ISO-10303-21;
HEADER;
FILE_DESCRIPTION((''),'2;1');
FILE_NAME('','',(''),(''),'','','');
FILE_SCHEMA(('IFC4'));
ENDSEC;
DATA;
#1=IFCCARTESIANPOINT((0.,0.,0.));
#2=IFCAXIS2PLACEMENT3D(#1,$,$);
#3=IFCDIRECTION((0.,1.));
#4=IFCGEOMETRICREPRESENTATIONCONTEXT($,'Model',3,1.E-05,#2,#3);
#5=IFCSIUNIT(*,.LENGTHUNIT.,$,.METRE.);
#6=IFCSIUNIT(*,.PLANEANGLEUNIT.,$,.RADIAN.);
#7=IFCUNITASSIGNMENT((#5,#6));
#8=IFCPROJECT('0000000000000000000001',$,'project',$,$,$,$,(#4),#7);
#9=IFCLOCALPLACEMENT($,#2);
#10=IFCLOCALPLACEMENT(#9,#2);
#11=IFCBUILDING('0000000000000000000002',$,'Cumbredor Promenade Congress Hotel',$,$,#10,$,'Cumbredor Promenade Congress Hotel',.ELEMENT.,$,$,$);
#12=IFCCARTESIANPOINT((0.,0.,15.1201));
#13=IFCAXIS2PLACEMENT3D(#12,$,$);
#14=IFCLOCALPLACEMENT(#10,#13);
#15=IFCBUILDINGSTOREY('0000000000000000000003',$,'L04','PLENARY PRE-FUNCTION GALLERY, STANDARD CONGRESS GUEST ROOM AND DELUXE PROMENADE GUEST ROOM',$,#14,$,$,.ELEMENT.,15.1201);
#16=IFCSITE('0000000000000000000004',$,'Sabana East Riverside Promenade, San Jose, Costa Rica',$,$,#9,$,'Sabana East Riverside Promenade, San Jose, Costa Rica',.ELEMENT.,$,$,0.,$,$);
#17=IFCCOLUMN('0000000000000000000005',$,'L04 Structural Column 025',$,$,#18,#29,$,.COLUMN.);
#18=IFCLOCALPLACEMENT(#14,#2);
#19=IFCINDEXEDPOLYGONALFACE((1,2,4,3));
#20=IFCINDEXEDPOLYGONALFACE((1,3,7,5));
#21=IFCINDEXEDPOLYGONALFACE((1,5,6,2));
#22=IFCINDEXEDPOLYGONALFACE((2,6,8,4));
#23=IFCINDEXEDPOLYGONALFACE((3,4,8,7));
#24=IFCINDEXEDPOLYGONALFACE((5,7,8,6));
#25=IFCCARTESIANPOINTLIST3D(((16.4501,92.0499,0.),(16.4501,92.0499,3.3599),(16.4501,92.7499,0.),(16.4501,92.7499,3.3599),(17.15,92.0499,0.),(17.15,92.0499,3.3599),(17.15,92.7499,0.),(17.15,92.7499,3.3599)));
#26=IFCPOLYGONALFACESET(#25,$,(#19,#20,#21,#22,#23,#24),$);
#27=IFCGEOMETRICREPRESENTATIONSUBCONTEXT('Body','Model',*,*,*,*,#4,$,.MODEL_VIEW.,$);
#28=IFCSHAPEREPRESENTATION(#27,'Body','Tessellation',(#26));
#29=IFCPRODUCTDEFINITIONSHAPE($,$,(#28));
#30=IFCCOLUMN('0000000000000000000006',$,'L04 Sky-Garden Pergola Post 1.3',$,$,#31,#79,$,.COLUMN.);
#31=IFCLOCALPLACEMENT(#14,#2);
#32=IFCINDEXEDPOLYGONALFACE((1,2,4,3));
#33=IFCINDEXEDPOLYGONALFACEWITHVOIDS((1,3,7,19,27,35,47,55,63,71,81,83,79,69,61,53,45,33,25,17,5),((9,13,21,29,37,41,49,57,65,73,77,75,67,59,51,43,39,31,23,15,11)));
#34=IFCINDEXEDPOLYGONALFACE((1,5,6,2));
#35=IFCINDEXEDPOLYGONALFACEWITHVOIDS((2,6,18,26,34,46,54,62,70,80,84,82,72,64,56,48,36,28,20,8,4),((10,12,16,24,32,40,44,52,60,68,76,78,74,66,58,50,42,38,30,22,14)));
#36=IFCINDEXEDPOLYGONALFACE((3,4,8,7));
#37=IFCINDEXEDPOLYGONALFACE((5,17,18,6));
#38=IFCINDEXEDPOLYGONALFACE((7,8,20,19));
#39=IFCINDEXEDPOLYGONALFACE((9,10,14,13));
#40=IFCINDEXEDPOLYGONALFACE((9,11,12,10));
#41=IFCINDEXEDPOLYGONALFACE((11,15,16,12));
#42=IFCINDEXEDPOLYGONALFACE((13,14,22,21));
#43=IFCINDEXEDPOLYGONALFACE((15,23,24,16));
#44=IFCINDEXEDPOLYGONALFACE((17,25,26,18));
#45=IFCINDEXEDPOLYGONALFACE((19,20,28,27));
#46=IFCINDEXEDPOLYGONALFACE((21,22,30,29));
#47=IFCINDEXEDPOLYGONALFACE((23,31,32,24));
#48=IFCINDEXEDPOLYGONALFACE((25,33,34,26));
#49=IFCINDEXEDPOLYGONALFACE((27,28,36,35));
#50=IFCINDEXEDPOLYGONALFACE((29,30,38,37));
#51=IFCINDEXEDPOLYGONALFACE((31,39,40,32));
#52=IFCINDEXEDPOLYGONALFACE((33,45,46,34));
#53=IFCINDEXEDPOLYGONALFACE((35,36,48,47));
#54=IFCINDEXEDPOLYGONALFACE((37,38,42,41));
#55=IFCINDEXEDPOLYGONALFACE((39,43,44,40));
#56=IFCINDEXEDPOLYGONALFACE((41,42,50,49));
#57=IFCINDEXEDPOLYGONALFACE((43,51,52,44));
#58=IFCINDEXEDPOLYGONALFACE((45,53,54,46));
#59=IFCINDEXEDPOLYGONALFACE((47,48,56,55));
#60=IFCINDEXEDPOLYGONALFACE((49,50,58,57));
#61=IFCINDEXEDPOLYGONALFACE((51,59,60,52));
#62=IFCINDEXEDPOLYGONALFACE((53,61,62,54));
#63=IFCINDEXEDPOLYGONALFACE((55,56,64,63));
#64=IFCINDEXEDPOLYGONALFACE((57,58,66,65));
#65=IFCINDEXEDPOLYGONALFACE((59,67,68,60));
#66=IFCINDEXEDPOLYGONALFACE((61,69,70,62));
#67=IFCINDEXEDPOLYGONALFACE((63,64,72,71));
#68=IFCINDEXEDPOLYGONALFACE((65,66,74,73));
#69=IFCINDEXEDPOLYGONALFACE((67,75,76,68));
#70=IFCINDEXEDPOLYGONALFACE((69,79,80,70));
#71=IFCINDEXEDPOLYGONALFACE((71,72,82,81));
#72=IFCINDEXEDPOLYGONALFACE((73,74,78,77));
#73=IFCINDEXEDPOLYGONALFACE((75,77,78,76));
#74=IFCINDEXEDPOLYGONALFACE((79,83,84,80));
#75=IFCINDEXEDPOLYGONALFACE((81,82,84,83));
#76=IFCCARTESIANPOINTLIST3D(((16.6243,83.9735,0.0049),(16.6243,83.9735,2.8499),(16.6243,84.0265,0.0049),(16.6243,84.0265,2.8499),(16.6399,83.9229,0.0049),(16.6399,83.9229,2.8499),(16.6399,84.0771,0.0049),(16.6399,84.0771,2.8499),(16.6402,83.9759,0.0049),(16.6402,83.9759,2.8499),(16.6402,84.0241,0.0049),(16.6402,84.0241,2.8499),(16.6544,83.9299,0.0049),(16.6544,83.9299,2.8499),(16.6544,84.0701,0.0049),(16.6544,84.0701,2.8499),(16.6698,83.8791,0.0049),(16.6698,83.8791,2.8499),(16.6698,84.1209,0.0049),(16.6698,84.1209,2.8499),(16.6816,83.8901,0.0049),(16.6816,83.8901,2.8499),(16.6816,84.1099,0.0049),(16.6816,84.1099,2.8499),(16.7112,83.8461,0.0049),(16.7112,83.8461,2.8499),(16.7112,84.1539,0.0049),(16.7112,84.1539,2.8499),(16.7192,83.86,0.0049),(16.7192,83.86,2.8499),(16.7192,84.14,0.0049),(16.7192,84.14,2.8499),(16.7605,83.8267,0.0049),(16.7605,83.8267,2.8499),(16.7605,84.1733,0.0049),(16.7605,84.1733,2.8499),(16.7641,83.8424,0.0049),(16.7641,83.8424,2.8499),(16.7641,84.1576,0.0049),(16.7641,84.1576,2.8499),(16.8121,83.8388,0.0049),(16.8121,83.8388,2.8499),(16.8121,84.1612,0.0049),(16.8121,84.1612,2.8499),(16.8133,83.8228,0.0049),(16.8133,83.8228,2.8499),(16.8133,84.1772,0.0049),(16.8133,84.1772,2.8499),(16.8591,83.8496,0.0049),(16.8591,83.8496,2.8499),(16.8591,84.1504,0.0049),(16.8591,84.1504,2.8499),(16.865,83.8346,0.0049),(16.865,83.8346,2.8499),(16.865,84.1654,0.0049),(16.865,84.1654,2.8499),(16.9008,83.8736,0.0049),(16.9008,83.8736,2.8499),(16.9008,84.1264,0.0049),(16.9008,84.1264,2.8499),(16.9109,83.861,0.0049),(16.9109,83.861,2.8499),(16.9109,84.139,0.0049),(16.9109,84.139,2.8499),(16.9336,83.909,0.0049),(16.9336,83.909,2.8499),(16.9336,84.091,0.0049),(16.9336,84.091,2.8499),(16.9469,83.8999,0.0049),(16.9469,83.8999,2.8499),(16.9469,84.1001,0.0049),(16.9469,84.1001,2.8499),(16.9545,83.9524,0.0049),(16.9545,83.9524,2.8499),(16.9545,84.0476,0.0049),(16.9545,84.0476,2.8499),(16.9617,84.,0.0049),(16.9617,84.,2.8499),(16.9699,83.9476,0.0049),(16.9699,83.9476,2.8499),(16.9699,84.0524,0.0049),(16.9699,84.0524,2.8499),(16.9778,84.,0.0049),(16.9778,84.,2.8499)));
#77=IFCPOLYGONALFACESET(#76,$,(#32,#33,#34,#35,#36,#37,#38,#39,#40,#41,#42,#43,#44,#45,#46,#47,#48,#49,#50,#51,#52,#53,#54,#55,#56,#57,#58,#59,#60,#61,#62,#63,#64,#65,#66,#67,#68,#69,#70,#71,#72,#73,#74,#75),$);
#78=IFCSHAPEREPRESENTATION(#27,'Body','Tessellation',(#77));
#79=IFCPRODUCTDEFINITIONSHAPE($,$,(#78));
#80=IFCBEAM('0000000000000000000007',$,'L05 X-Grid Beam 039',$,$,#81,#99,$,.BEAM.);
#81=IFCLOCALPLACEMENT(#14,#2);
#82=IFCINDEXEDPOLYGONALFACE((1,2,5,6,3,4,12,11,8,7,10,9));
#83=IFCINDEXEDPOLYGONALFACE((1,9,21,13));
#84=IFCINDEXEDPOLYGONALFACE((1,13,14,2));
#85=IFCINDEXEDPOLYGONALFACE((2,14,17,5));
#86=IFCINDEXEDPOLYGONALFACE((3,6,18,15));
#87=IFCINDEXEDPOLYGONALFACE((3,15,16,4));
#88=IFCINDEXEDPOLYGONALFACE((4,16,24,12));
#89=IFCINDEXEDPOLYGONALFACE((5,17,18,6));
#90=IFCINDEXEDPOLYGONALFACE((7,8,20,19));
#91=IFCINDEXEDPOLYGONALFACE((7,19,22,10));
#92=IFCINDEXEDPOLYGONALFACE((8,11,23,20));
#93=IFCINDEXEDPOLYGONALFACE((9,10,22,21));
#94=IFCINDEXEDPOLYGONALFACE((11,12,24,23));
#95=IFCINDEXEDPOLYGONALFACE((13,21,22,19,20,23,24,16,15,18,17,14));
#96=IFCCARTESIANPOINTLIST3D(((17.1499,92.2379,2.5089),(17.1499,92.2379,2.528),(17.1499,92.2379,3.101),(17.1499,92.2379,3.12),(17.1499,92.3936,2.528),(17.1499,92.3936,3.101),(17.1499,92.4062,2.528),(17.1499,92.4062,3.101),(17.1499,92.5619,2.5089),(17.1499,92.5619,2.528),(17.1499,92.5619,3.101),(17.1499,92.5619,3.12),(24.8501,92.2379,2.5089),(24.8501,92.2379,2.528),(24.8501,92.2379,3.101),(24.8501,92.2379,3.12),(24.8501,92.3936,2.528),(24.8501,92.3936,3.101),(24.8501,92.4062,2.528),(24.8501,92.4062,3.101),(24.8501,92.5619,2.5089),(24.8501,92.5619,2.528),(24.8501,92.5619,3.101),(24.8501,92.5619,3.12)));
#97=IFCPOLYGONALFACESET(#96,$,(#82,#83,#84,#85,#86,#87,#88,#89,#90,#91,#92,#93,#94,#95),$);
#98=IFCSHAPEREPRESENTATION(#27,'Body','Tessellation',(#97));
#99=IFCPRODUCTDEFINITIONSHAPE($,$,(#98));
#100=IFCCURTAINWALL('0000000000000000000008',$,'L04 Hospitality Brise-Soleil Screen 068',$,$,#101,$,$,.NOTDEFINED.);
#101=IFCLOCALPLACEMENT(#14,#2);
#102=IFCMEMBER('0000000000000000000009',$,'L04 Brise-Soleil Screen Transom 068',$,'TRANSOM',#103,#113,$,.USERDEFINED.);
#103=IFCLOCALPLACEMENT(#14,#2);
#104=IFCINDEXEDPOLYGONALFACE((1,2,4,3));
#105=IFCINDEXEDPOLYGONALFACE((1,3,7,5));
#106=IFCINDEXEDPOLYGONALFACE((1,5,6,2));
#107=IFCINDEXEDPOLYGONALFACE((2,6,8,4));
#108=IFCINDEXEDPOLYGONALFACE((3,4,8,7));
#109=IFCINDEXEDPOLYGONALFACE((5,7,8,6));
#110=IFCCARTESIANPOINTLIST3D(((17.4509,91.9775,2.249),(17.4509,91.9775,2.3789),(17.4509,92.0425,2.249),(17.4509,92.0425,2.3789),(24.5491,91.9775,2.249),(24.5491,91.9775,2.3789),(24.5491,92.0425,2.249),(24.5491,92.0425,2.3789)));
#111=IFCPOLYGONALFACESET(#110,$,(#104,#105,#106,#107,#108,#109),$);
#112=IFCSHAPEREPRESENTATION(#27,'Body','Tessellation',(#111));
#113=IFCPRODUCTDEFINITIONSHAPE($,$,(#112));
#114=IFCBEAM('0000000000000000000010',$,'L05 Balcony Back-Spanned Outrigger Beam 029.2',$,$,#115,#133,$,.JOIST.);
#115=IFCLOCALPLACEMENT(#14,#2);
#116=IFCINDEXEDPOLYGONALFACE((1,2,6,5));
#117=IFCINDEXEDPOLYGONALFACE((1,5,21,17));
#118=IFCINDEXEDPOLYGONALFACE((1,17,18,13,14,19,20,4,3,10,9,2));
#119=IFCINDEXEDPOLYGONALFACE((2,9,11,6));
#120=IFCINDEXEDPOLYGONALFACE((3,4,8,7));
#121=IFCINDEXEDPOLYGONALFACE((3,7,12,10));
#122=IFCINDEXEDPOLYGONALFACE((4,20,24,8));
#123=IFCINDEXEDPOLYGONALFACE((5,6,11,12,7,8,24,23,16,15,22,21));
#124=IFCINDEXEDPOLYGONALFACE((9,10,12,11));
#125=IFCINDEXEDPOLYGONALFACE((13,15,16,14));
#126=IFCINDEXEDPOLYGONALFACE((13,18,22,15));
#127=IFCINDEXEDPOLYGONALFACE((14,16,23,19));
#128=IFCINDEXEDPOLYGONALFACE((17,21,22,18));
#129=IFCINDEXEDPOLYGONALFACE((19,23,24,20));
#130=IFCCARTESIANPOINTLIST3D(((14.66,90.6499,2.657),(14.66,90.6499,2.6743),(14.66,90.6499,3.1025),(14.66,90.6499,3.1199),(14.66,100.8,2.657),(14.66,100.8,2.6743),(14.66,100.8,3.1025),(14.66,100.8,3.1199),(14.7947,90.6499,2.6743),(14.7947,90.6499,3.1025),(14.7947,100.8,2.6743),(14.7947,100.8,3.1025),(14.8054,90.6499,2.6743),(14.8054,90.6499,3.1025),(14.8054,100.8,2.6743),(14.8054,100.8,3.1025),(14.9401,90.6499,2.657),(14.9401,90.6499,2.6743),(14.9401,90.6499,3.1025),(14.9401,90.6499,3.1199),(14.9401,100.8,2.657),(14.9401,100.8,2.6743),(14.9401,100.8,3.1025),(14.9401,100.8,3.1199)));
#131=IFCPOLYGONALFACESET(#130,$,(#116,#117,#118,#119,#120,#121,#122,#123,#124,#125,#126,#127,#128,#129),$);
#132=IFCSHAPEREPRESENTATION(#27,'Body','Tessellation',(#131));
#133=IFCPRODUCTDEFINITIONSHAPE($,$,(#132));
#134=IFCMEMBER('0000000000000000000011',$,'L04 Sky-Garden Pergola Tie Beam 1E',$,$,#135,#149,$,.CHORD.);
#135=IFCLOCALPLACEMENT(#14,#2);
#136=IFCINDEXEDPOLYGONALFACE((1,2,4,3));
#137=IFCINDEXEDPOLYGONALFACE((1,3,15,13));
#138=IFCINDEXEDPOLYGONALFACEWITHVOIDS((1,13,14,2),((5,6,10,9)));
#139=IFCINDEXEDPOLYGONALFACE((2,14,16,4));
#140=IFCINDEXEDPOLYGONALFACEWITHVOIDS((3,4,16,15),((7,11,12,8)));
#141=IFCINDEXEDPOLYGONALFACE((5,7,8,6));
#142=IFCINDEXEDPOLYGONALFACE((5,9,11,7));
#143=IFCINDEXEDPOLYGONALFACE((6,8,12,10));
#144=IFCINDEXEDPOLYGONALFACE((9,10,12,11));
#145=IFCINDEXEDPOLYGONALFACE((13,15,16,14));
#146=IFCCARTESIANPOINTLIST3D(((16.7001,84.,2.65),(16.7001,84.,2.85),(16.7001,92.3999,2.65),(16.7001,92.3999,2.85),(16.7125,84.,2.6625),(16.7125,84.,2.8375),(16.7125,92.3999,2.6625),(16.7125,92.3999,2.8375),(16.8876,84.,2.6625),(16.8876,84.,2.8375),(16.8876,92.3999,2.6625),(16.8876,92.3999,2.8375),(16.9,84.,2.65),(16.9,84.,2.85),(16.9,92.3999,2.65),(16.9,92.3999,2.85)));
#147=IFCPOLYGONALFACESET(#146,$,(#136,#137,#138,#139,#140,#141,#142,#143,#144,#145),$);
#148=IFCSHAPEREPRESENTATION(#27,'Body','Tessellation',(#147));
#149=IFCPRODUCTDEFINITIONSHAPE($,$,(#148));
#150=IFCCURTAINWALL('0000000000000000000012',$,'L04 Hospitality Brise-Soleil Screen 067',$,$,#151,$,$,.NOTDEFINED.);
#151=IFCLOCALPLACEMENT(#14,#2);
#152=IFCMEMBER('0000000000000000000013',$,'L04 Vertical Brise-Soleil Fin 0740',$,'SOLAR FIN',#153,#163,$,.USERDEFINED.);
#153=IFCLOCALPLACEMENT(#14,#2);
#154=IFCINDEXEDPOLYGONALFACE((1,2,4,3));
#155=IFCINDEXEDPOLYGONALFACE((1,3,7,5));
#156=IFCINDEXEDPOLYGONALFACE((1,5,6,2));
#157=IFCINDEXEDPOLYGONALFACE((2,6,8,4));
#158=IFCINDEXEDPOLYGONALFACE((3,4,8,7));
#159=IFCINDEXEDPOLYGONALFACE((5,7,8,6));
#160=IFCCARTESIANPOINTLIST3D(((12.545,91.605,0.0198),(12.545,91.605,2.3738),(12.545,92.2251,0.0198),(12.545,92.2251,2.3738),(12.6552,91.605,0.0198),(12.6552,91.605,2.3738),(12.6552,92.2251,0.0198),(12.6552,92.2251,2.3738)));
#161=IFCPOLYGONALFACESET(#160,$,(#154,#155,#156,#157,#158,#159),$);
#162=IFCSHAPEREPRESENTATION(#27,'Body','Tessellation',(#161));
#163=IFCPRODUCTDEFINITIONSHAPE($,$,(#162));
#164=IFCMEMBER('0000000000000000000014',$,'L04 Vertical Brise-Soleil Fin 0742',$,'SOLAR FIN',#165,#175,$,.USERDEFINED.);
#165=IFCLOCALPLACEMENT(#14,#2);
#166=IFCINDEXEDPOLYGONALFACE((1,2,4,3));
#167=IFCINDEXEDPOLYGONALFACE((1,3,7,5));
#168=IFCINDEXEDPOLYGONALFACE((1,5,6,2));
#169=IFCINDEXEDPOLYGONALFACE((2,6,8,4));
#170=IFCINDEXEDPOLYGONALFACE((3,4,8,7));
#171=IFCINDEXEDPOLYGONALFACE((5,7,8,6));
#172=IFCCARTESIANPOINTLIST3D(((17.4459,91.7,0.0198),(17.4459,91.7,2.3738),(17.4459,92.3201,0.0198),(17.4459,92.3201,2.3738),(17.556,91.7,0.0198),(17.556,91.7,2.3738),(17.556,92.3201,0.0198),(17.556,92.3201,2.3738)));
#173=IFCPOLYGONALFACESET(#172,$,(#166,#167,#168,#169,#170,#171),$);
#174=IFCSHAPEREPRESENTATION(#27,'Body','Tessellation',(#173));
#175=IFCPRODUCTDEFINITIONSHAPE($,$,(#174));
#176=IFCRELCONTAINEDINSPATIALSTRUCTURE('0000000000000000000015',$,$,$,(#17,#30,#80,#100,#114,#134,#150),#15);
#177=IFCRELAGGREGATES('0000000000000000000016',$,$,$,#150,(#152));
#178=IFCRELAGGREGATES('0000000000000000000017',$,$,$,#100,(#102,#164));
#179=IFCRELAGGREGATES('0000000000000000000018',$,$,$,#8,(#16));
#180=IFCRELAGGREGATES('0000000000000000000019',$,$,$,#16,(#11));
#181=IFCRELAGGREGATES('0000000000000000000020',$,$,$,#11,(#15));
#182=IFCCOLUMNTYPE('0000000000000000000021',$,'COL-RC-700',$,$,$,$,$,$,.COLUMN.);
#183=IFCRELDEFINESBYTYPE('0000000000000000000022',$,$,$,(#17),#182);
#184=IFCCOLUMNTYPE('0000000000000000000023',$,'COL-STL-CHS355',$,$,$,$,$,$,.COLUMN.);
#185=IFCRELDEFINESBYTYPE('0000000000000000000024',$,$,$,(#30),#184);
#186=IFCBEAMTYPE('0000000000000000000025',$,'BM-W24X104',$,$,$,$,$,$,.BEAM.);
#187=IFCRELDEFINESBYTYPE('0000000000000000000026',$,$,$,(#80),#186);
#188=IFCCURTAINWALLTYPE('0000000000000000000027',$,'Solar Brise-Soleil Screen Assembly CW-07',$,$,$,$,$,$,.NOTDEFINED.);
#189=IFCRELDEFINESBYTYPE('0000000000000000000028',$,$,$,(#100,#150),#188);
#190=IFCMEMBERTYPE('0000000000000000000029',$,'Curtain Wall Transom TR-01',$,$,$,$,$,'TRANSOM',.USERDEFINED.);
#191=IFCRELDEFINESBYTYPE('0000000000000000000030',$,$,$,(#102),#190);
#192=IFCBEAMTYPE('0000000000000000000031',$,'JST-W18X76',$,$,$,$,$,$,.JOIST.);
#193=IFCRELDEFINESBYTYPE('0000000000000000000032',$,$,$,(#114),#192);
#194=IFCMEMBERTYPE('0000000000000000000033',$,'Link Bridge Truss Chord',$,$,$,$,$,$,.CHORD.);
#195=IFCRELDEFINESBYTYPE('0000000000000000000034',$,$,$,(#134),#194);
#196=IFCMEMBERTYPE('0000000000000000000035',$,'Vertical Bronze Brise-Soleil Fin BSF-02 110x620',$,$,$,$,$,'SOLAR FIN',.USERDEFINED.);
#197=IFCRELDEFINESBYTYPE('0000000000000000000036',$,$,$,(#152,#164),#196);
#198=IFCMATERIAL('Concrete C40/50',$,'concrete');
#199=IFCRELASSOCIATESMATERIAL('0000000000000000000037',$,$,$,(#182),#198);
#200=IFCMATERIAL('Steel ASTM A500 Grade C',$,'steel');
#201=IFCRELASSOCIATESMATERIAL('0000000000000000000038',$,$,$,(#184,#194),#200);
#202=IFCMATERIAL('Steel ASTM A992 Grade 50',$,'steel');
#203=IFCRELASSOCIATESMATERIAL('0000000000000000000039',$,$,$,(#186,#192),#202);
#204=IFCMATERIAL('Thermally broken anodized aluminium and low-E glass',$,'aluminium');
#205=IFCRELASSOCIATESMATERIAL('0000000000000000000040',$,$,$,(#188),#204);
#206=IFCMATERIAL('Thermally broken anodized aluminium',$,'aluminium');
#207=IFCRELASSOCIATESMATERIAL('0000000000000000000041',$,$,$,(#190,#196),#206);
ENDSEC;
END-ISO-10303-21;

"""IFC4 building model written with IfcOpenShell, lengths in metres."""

from ifc_helpers import new_model, si_unit, direction, frame, origin, origin_2d, place, context, subcontext, project, spatial, rectangle, hollow_rectangle, hollow_circle, i_section, extrude, material, material_profile, profile_set, type_object, element, aggregate, save


model = new_model("IFC4")

# Units and contexts
model_context = context("Model", 3, precision=1e-05, world=origin(), true_north=direction((0.0, 1.0)))
body_context = subcontext(model_context, "Body", "Model", "MODEL_VIEW")
ifc_project = project(units=[si_unit("LENGTHUNIT", "METRE"), si_unit("PLANEANGLEUNIT", "RADIAN")], contexts=[model_context])

# Site, building, storey
site_placement = place(None, origin())
site = spatial("IfcSite", under=ifc_project, at=site_placement, Name="Sabana East Riverside Promenade, San Jose, Costa Rica", LongName="Sabana East Riverside Promenade, San Jose, Costa Rica", CompositionType="ELEMENT", RefElevation=0.0)
building_placement = place(site_placement, origin())
building = spatial("IfcBuilding", under=site, at=building_placement, Name="Cumbredor Promenade Congress Hotel", LongName="Cumbredor Promenade Congress Hotel", CompositionType="ELEMENT")
storey_placement = place(building_placement, frame((0.0, 0.0, 15.1201)))
storey = spatial("IfcBuildingStorey", under=building, at=storey_placement, Name="L04", Description="PLENARY PRE-FUNCTION GALLERY, STANDARD CONGRESS GUEST ROOM AND DELUXE PROMENADE GUEST ROOM", CompositionType="ELEMENT", Elevation=15.1201)

# Columns
ifc_material_1 = material(Name="Concrete C40/50", Category="concrete")
ifc_material_profile_1 = material_profile(ifc_material_1, rectangle(XDim=0.7, YDim=0.7, at=origin_2d()), Name="RC 700x700")
ifc_profile_set_1 = profile_set([ifc_material_profile_1], Name="Concrete C40/50")
column_type_1 = type_object("IfcColumnType", Name="COL-RC-700", PredefinedType="COLUMN", material=ifc_profile_set_1)
column_1_placement = place(storey_placement, frame((16.8, 92.3999, 0.0), z_axis=(0.0, 0.0, 1.0), x_axis=(1.0, 0.0, 0.0)))
element("IfcColumn", 1, at=column_1_placement, inside=storey, type_object=column_type_1, Name="L04 Structural Column 025", PredefinedType="COLUMN", context=body_context, shape_type="SweptSolid", body=[
    extrude(rectangle(XDim=0.7, YDim=0.7, at=origin_2d()), origin(), (0.0, 0.0, 1.0), 3.3599),
])
ifc_material_2 = material(Name="Steel ASTM A500 Grade C", Category="steel")
ifc_material_profile_2 = material_profile(ifc_material_2, hollow_circle(Radius=0.1777, WallThickness=0.0161, at=origin_2d()), Name="CHS 355.6x16")
ifc_profile_set_2 = profile_set([ifc_material_profile_2], Name="Steel ASTM A500 Grade C")
column_type_2 = type_object("IfcColumnType", Name="COL-STL-CHS355", PredefinedType="COLUMN", material=ifc_profile_set_2)
column_2_placement = place(storey_placement, frame((16.8, 84.0, 0.0049), z_axis=(0.0, 0.0, 1.0), x_axis=(1.0, 0.0, 0.0)))
element("IfcColumn", 2, at=column_2_placement, inside=storey, type_object=column_type_2, Name="L04 Sky-Garden Pergola Post 1.3", PredefinedType="COLUMN", context=body_context, shape_type="SweptSolid", body=[
    extrude(hollow_circle(Radius=0.1777, WallThickness=0.0161, at=origin_2d()), origin(), (0.0, 0.0, 1.0), 2.845),
])

# Beam
ifc_material_3 = material(Name="Steel ASTM A992 Grade 50", Category="steel")
ifc_material_profile_3 = material_profile(ifc_material_3, i_section(OverallWidth=0.324, OverallDepth=0.6111, WebThickness=0.0127, FlangeThickness=0.019, at=origin_2d()), Name="W24X104")
ifc_profile_set_3 = profile_set([ifc_material_profile_3], Name="Steel ASTM A992 Grade 50")
beam_type_1 = type_object("IfcBeamType", Name="BM-W24X104", PredefinedType="BEAM", material=ifc_profile_set_3)
beam_1_placement = place(storey_placement, frame((17.1499, 92.3999, 2.8145), z_axis=(1.0, 0.0, 0.0), x_axis=(0.0, 1.0, 0.0)))
element("IfcBeam", 3, at=beam_1_placement, inside=storey, type_object=beam_type_1, Name="L05 X-Grid Beam 039", PredefinedType="BEAM", context=body_context, shape_type="SweptSolid", body=[
    extrude(i_section(OverallWidth=0.324, OverallDepth=0.6111, WebThickness=0.0127, FlangeThickness=0.019, at=origin_2d()), origin(), (0.0, 0.0, 1.0), 7.7002),
])

# Curtain wall, member
ifc_material_4 = material(Name="Thermally broken anodized aluminium and low-E glass", Category="aluminium")
curtain_wall_type = type_object("IfcCurtainWallType", Name="Solar Brise-Soleil Screen Assembly CW-07", PredefinedType="NOTDEFINED", material=ifc_material_4)
curtain_wall_1_placement = place(storey_placement, origin())
curtain_wall_1 = element("IfcCurtainWall", 4, at=curtain_wall_1_placement, inside=storey, type_object=curtain_wall_type, Name="L04 Hospitality Brise-Soleil Screen 068", PredefinedType="NOTDEFINED")
ifc_material_5 = material(Name="Thermally broken anodized aluminium", Category="aluminium")
ifc_material_profile_4 = material_profile(ifc_material_5, rectangle(XDim=0.0649, YDim=0.1299, at=origin_2d()), Name="ALU TRANSOM 65x130")
ifc_profile_set_4 = profile_set([ifc_material_profile_4], Name="Thermally broken anodized aluminium")
member_type_1 = type_object("IfcMemberType", Name="Curtain Wall Transom TR-01", ElementType="TRANSOM", PredefinedType="USERDEFINED", material=ifc_profile_set_4)
member_1_placement = place(storey_placement, frame((17.4509, 92.01, 2.314), z_axis=(1.0, 0.0, 0.0), x_axis=(0.0, 1.0, 0.0)))
member_1 = element("IfcMember", 5, at=member_1_placement, type_object=member_type_1, Name="L04 Brise-Soleil Screen Transom 068", ObjectType="TRANSOM", PredefinedType="USERDEFINED", context=body_context, shape_type="SweptSolid", body=[
    extrude(rectangle(XDim=0.0649, YDim=0.1299, at=origin_2d()), origin(), (0.0, 0.0, 1.0), 7.0981),
])

# Beam
ifc_material_profile_5 = material_profile(ifc_material_3, i_section(OverallWidth=0.28, OverallDepth=0.4629, WebThickness=0.0107, FlangeThickness=0.0173, at=origin_2d()), Name="W18X76")
ifc_profile_set_5 = profile_set([ifc_material_profile_5], Name="Steel ASTM A992 Grade 50")
beam_type_2 = type_object("IfcBeamType", Name="JST-W18X76", PredefinedType="JOIST", material=ifc_profile_set_5)
beam_2_placement = place(storey_placement, frame((14.8, 90.6499, 2.8884), z_axis=(0.0, 1.0, 0.0), x_axis=(-1.0, 0.0, 0.0)))
element("IfcBeam", 6, at=beam_2_placement, inside=storey, type_object=beam_type_2, Name="L05 Balcony Back-Spanned Outrigger Beam 029.2", PredefinedType="JOIST", context=body_context, shape_type="SweptSolid", body=[
    extrude(i_section(OverallWidth=0.28, OverallDepth=0.4629, WebThickness=0.0107, FlangeThickness=0.0173, at=origin_2d()), origin(), (0.0, 0.0, 1.0), 10.1501),
])

# Member
ifc_material_profile_6 = material_profile(ifc_material_2, hollow_rectangle(XDim=0.2, YDim=0.2, WallThickness=0.0125, at=origin_2d()), Name="HSS 200x200x12.5")
ifc_profile_set_6 = profile_set([ifc_material_profile_6], Name="Steel ASTM A500 Grade C")
member_type_2 = type_object("IfcMemberType", Name="Link Bridge Truss Chord", PredefinedType="CHORD", material=ifc_profile_set_6)
member_2_placement = place(storey_placement, frame((16.8, 84.0, 2.75), z_axis=(0.0, 1.0, 0.0), x_axis=(-1.0, 0.0, 0.0)))
element("IfcMember", 7, at=member_2_placement, inside=storey, type_object=member_type_2, Name="L04 Sky-Garden Pergola Tie Beam 1E", PredefinedType="CHORD", context=body_context, shape_type="SweptSolid", body=[
    extrude(hollow_rectangle(XDim=0.2, YDim=0.2, WallThickness=0.0125, at=origin_2d()), origin(), (0.0, 0.0, 1.0), 8.3999),
])

# Curtain wall, member
curtain_wall_2_placement = place(storey_placement, origin())
curtain_wall_2 = element("IfcCurtainWall", 8, at=curtain_wall_2_placement, inside=storey, type_object=curtain_wall_type, Name="L04 Hospitality Brise-Soleil Screen 067", PredefinedType="NOTDEFINED")
ifc_material_profile_7 = material_profile(ifc_material_5, rectangle(XDim=0.1101, YDim=0.6201, at=origin_2d()), Name="ARCH FIN 110x620")
ifc_profile_set_7 = profile_set([ifc_material_profile_7], Name="Thermally broken anodized aluminium")
member_type_3 = type_object("IfcMemberType", Name="Vertical Bronze Brise-Soleil Fin BSF-02 110x620", ElementType="SOLAR FIN", PredefinedType="USERDEFINED", material=ifc_profile_set_7)
member_3_placement = place(storey_placement, frame((12.6001, 91.915, 0.0198), z_axis=(0.0, 0.0, 1.0), x_axis=(1.0, 0.0, 0.0)))
member_3 = element("IfcMember", 9, at=member_3_placement, type_object=member_type_3, Name="L04 Vertical Brise-Soleil Fin 0740", ObjectType="SOLAR FIN", PredefinedType="USERDEFINED", context=body_context, shape_type="SweptSolid", body=[
    extrude(rectangle(XDim=0.1101, YDim=0.6201, at=origin_2d()), origin(), (0.0, 0.0, 1.0), 2.354),
])

# Member
member_4_placement = place(storey_placement, frame((17.501, 92.01, 0.0198), z_axis=(0.0, 0.0, 1.0), x_axis=(1.0, 0.0, 0.0)))
member_4 = element("IfcMember", 10, at=member_4_placement, type_object=member_type_3, Name="L04 Vertical Brise-Soleil Fin 0742", ObjectType="SOLAR FIN", PredefinedType="USERDEFINED", context=body_context, shape_type="SweptSolid", body=[
    extrude(rectangle(XDim=0.1101, YDim=0.6201, at=origin_2d()), origin(), (0.0, 0.0, 1.0), 2.354),
])

aggregate(curtain_wall_2, [member_3])
aggregate(curtain_wall_1, [member_1, member_4])

save(model, "model.ifc")
